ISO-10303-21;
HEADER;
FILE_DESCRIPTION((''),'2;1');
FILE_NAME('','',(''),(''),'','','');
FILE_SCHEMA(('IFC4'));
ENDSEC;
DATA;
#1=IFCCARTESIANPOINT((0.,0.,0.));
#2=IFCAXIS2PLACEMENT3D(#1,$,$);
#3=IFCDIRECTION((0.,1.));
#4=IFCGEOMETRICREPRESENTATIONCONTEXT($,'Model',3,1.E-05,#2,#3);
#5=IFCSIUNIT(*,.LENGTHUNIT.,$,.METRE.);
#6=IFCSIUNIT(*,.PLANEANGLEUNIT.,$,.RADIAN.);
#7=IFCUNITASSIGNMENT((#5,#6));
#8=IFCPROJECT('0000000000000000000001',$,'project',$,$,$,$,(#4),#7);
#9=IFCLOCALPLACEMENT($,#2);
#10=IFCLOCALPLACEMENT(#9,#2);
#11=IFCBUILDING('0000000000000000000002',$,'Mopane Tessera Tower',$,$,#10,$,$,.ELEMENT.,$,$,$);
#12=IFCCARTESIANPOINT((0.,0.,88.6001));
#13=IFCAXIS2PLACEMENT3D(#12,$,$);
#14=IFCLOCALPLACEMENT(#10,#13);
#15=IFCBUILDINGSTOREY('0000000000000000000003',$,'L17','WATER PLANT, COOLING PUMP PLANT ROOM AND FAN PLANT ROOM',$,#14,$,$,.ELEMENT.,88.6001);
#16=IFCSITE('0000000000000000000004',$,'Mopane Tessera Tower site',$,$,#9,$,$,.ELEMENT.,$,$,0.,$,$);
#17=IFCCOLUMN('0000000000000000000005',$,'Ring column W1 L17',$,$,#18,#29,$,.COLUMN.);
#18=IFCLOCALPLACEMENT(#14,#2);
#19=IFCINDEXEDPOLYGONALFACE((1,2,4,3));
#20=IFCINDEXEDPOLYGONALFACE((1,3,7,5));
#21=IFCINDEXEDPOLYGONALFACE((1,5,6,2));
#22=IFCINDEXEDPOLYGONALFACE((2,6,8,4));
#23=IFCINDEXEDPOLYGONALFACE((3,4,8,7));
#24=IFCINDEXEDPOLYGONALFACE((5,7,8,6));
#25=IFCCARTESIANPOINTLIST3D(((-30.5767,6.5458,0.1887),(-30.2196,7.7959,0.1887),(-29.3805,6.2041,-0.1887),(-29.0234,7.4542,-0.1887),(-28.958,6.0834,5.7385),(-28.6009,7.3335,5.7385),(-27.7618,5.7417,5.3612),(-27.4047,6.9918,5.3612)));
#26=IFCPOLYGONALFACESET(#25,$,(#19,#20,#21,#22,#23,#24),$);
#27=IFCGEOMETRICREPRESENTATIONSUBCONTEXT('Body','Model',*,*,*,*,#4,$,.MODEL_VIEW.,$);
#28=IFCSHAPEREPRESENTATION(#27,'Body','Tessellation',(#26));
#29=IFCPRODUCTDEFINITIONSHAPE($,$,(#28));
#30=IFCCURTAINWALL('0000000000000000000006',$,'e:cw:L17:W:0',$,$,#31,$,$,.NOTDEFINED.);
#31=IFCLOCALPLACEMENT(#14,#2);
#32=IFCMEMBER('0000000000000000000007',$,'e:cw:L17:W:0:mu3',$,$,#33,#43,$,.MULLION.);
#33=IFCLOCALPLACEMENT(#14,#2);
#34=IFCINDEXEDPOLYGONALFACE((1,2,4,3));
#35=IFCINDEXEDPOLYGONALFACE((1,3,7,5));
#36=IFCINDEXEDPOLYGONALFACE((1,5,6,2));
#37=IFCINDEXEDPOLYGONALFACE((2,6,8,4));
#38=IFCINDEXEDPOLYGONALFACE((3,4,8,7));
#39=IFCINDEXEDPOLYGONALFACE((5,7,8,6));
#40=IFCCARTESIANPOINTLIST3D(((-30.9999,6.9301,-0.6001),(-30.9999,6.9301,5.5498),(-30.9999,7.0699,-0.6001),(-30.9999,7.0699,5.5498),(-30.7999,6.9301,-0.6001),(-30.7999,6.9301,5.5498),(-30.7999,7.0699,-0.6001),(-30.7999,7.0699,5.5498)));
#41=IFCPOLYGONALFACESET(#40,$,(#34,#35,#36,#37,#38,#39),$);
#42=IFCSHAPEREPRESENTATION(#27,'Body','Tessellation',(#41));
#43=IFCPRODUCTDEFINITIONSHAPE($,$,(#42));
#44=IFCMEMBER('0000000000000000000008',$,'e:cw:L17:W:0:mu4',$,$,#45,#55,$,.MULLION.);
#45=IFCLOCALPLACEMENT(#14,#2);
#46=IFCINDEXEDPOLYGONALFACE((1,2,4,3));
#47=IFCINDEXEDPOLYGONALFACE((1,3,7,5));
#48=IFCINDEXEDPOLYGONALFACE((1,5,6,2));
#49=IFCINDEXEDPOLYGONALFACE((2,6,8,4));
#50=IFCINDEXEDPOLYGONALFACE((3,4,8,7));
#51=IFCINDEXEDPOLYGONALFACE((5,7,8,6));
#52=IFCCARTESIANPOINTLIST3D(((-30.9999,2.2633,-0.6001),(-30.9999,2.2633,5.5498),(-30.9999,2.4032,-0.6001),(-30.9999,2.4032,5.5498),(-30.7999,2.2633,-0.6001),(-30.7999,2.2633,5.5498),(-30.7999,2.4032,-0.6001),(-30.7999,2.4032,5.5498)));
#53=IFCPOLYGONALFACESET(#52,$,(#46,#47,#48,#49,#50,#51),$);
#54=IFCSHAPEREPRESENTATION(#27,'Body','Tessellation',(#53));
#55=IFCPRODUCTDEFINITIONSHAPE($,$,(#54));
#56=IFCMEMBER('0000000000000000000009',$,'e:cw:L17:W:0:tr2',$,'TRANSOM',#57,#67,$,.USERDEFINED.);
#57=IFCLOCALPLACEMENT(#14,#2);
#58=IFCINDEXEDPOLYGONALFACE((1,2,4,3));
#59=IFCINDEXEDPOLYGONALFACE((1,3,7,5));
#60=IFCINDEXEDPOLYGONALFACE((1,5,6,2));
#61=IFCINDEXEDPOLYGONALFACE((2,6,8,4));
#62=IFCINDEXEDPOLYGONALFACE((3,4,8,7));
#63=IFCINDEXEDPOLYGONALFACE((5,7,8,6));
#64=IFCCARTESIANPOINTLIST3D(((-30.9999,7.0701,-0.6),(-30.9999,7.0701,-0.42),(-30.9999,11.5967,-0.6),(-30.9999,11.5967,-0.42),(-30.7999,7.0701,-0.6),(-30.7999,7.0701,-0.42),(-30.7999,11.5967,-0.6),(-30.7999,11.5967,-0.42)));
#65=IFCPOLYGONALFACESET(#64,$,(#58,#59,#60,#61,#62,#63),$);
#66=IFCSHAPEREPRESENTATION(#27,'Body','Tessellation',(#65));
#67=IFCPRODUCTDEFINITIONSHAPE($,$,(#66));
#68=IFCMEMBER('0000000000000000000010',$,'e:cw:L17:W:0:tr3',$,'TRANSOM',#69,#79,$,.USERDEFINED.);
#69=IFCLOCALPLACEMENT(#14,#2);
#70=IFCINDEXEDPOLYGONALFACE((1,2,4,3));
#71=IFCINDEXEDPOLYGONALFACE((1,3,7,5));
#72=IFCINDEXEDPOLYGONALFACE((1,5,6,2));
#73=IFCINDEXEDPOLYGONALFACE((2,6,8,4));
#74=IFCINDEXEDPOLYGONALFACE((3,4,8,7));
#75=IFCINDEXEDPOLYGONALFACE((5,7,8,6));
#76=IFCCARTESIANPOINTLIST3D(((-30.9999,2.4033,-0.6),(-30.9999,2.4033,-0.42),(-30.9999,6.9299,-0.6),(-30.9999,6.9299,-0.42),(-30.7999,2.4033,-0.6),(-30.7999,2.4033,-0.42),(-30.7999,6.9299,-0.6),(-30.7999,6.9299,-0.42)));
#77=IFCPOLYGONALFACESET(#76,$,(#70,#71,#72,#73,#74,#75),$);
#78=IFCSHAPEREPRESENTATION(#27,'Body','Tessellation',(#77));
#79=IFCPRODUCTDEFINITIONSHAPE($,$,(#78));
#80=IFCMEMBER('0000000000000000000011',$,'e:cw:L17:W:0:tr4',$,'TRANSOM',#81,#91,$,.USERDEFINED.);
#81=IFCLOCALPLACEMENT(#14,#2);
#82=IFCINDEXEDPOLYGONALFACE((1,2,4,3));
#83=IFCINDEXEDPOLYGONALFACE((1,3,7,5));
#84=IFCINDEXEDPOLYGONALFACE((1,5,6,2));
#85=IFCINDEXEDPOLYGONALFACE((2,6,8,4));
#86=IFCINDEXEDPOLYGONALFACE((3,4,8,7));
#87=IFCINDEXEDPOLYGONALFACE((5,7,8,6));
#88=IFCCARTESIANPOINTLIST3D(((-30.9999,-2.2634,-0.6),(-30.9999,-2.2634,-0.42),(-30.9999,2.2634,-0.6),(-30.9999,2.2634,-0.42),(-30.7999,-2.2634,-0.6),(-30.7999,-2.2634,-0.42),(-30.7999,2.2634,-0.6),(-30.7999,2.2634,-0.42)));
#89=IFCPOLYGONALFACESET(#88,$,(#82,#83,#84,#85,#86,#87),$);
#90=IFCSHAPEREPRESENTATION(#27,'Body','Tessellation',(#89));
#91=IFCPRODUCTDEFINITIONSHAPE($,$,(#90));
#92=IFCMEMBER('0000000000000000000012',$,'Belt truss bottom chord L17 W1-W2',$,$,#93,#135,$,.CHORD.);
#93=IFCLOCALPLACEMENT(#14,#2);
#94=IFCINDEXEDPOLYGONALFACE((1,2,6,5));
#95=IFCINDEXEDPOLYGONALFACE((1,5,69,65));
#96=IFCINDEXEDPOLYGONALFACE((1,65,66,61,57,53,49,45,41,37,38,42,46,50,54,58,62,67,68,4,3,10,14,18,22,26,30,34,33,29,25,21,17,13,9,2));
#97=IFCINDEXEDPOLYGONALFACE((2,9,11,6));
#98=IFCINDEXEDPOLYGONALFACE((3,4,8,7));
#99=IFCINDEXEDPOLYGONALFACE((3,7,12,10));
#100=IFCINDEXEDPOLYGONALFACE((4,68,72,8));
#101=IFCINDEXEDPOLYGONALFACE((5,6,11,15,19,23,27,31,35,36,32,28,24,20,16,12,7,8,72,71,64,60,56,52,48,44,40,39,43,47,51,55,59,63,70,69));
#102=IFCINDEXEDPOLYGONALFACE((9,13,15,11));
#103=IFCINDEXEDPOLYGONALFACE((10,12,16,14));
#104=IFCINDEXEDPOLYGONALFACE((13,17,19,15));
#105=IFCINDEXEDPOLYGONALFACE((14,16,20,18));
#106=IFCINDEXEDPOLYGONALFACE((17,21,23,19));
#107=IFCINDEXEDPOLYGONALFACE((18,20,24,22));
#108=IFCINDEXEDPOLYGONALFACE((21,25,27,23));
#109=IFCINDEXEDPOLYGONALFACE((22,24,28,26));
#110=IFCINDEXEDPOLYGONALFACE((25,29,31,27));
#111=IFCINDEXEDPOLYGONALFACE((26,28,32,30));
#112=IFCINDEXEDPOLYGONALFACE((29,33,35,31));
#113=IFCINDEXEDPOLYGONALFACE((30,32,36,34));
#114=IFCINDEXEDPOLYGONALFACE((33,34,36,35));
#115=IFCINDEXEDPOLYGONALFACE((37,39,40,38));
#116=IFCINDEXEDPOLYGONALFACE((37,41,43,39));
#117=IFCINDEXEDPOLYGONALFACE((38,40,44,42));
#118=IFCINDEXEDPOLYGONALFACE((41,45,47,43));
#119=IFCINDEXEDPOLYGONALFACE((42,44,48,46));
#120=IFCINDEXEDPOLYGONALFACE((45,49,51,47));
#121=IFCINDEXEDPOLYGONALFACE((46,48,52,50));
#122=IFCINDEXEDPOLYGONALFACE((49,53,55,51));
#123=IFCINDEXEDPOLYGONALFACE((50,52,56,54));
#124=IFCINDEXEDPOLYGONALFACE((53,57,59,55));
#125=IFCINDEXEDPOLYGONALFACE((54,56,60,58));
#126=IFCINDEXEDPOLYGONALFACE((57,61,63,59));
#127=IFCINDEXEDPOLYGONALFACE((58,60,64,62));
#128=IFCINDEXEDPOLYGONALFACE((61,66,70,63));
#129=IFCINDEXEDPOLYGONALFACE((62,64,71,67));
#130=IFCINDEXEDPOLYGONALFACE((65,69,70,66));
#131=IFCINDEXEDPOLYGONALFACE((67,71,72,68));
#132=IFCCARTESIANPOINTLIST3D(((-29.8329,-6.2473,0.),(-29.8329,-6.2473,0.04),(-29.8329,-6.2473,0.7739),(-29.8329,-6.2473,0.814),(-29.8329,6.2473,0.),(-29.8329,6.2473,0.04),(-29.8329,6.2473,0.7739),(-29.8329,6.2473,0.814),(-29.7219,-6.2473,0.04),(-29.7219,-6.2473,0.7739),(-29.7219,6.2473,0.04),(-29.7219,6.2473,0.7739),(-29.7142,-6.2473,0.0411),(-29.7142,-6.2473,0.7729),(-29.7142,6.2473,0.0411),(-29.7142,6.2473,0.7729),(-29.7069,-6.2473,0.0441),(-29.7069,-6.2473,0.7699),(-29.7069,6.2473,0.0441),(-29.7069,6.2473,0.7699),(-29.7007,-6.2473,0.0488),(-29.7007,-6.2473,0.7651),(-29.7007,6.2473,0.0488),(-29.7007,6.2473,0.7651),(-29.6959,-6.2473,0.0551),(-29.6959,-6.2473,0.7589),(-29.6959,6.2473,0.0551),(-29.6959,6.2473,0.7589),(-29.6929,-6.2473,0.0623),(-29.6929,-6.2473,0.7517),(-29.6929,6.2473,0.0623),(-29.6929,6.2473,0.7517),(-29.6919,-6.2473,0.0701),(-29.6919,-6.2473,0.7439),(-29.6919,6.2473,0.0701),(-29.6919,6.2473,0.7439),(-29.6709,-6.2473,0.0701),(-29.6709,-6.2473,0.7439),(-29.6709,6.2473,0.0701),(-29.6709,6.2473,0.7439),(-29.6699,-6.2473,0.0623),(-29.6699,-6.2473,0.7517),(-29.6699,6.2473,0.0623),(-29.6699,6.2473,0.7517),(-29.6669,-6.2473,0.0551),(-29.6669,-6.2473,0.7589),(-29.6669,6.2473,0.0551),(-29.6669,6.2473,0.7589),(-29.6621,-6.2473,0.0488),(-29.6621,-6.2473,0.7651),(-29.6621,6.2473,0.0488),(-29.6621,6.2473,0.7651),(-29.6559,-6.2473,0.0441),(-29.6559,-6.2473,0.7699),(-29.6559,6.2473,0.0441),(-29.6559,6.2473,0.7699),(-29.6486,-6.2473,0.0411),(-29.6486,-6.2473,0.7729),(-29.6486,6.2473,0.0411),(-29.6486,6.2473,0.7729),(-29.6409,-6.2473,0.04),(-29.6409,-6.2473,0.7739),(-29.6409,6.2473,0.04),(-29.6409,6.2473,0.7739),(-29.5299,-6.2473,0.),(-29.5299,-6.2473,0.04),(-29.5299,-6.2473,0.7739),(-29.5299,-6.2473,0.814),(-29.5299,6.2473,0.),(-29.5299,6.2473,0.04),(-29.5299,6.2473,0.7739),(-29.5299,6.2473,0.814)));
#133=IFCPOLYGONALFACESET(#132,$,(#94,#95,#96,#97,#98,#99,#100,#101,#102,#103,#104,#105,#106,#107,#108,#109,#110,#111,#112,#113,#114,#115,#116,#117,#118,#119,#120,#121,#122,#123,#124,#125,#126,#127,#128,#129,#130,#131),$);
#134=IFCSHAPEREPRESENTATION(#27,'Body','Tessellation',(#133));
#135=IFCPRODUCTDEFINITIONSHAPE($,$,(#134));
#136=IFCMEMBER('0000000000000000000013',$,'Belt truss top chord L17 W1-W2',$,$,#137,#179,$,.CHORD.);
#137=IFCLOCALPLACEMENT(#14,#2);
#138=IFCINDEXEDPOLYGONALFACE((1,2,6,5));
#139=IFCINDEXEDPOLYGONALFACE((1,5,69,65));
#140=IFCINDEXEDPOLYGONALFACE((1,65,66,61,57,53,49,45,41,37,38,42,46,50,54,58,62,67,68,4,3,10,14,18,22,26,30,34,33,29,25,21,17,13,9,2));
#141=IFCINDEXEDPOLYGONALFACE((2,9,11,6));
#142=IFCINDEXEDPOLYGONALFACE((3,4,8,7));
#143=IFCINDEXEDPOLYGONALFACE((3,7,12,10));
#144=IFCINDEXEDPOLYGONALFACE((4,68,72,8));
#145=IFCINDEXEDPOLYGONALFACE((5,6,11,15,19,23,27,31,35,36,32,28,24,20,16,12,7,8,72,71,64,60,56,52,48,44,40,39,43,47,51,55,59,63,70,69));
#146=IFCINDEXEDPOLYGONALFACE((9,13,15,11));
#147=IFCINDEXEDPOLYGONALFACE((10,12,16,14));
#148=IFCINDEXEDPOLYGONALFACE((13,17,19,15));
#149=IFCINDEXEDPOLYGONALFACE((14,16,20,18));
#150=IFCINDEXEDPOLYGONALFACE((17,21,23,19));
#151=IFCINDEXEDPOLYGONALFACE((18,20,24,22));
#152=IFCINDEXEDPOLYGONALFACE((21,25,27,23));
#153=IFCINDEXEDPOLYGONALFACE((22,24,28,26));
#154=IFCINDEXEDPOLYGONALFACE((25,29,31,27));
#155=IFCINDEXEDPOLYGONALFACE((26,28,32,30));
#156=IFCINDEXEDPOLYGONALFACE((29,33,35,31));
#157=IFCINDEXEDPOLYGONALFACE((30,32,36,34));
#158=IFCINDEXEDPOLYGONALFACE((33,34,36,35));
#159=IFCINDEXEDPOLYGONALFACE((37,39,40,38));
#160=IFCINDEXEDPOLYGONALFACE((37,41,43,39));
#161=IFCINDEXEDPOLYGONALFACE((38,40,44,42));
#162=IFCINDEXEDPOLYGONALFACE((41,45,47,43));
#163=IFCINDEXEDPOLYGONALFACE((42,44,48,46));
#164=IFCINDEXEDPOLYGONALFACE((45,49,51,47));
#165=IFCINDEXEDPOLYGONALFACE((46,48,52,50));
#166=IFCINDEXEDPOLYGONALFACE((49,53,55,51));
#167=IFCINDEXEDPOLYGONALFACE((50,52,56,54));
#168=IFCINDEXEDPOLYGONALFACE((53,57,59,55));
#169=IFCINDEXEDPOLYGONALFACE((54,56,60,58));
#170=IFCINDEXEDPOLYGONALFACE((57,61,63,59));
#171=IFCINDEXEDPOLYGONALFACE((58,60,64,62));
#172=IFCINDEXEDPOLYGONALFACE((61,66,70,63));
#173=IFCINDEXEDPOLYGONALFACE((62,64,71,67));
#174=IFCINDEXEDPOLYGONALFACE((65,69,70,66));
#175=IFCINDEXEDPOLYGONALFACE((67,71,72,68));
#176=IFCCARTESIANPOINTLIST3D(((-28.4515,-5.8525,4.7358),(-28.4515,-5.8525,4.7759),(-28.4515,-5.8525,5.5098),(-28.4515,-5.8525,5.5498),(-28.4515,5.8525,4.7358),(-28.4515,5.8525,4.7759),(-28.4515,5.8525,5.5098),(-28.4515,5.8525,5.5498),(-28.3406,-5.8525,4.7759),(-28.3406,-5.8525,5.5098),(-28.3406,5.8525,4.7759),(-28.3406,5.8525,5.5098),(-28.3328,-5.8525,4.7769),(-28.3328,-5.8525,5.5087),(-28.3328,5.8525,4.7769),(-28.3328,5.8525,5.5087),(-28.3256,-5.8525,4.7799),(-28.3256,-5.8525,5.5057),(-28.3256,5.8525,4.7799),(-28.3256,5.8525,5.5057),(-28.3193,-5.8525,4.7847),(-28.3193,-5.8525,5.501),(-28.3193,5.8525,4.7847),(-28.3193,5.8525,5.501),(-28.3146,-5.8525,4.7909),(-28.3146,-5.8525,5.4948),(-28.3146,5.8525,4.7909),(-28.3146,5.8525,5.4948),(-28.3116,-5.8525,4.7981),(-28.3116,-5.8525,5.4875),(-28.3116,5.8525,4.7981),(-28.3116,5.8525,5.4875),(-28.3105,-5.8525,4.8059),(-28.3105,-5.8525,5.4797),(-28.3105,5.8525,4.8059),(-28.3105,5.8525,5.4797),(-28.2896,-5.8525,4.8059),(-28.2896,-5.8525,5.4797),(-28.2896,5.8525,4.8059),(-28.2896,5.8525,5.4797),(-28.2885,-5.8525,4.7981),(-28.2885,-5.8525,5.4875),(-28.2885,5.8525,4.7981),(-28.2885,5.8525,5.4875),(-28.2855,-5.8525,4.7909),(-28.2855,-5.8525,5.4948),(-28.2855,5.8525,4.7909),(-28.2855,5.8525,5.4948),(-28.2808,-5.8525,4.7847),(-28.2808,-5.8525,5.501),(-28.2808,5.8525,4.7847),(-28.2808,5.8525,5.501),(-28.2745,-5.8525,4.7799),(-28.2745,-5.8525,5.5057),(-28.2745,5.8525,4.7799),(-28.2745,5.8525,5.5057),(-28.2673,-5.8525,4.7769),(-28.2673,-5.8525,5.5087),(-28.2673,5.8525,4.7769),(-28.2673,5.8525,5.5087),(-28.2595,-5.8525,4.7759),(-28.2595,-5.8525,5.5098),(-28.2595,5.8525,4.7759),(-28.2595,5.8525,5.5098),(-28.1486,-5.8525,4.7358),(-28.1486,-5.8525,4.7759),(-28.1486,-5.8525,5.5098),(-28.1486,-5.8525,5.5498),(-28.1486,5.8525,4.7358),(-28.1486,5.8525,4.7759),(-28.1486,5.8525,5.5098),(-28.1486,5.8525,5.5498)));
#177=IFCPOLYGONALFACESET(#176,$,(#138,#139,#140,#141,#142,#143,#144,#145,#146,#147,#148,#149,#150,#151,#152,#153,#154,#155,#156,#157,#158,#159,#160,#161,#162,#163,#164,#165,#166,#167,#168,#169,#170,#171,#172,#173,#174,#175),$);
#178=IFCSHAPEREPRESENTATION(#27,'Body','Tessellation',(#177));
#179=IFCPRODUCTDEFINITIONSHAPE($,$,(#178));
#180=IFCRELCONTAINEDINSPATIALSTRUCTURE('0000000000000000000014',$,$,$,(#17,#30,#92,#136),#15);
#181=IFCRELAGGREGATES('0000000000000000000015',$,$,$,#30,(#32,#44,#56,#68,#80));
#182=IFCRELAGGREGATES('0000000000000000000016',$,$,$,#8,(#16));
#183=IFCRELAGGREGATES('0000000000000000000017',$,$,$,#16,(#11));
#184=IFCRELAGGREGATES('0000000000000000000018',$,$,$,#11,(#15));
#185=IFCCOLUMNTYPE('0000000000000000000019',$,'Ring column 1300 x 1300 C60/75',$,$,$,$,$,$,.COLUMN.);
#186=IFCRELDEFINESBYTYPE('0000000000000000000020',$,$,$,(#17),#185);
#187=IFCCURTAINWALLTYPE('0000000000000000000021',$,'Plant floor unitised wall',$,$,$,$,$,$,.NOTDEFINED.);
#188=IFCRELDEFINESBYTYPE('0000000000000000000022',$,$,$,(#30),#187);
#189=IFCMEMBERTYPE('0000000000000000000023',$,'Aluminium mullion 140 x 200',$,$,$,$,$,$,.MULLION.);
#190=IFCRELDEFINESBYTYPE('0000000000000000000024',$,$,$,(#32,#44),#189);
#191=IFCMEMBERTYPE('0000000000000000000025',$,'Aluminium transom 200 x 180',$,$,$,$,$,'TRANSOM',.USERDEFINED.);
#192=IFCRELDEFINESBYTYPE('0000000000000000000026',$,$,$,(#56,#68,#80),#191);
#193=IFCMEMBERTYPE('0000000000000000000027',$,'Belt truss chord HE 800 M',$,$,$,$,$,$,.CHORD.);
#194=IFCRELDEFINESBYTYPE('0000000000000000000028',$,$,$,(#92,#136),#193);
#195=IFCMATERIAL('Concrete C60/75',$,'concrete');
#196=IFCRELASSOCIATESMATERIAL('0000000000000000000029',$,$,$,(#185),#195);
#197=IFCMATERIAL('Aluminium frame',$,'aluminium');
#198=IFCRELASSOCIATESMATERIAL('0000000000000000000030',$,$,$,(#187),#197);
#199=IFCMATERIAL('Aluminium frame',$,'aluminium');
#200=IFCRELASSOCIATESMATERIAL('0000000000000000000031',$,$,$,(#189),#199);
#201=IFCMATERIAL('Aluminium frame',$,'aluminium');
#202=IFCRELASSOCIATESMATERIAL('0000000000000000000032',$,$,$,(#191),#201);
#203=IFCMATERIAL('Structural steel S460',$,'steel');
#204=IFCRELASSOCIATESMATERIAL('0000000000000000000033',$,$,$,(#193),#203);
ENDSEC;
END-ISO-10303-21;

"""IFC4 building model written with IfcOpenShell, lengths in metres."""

from ifc_helpers import new_model, si_unit, direction, frame, origin, origin_2d, place, context, subcontext, project, spatial, rectangle, i_section, extrude, material, material_profile, profile_set, type_object, element, aggregate, save


model = new_model("IFC4")

# Units and contexts
model_context = context("Model", 3, precision=1e-05, world=origin(), true_north=direction((0.0, 1.0)))
body_context = subcontext(model_context, "Body", "Model", "MODEL_VIEW")
ifc_project = project(units=[si_unit("LENGTHUNIT", "METRE"), si_unit("PLANEANGLEUNIT", "RADIAN")], contexts=[model_context])

# Site, building, storey
site_placement = place(None, origin())
site = spatial("IfcSite", under=ifc_project, at=site_placement, Name="Mopane Tessera Tower site", CompositionType="ELEMENT", RefElevation=0.0)
building_placement = place(site_placement, origin())
building = spatial("IfcBuilding", under=site, at=building_placement, Name="Mopane Tessera Tower", CompositionType="ELEMENT")
storey_placement = place(building_placement, frame((0.0, 0.0, 88.6001)))
storey = spatial("IfcBuildingStorey", under=building, at=storey_placement, Name="L17", Description="WATER PLANT, COOLING PUMP PLANT ROOM AND FAN PLANT ROOM", CompositionType="ELEMENT", Elevation=88.6001)

# Column
ifc_material_1 = material(Name="Concrete C60/75", Category="concrete")
ifc_material_profile_1 = material_profile(ifc_material_1, rectangle(XDim=1.3, YDim=1.3, at=origin_2d()))
ifc_profile_set_1 = profile_set([ifc_material_profile_1], Name="Concrete C60/75")
column_type = type_object("IfcColumnType", Name="Ring column 1300 x 1300 C60/75", PredefinedType="COLUMN", material=ifc_profile_set_1)
column_placement = place(storey_placement, frame((-29.8, 7.0, 0.0), z_axis=(0.279102, -0.079731, 0.956946), x_axis=(0.274683, 0.961535, 0.0)))
element("IfcColumn", 1, at=column_placement, inside=storey, type_object=column_type, Name="Ring column W1 L17", PredefinedType="COLUMN", context=body_context, shape_type="SweptSolid", body=[
    extrude(rectangle(XDim=1.3, YDim=1.3, at=origin_2d()), origin(), (0.0, 0.0, 1.0), 5.7996),
])

# Curtain wall, members
ifc_material_2 = material(Name="Aluminium frame", Category="aluminium")
curtain_wall_type = type_object("IfcCurtainWallType", Name="Plant floor unitised wall", PredefinedType="NOTDEFINED", material=ifc_material_2)
curtain_wall_placement = place(storey_placement, origin())
curtain_wall = element("IfcCurtainWall", 2, at=curtain_wall_placement, inside=storey, type_object=curtain_wall_type, Name="e:cw:L17:W:0", PredefinedType="NOTDEFINED")
ifc_material_3 = material(Name="Aluminium frame", Category="aluminium")
ifc_material_profile_2 = material_profile(ifc_material_3, rectangle(XDim=0.1399, YDim=0.2, at=origin_2d()))
ifc_profile_set_2 = profile_set([ifc_material_profile_2], Name="Aluminium frame")
member_type_1 = type_object("IfcMemberType", Name="Aluminium mullion 140 x 200", PredefinedType="MULLION", material=ifc_profile_set_2)
member_1_placement = place(storey_placement, frame((-30.8999, 7.0, -0.6001), z_axis=(0.0, 0.0, 1.0), x_axis=(0.0, -1.0, 0.0)))
member_1 = element("IfcMember", 3, at=member_1_placement, type_object=member_type_1, Name="e:cw:L17:W:0:mu3", PredefinedType="MULLION", context=body_context, shape_type="SweptSolid", body=[
    extrude(rectangle(XDim=0.1399, YDim=0.2, at=origin_2d()), origin(), (0.0, 0.0, 1.0), 6.1499),
])
member_2_placement = place(storey_placement, frame((-30.8999, 2.3333, -0.6001), z_axis=(0.0, 0.0, 1.0), x_axis=(0.0, -1.0, 0.0)))
member_2 = element("IfcMember", 4, at=member_2_placement, type_object=member_type_1, Name="e:cw:L17:W:0:mu4", PredefinedType="MULLION", context=body_context, shape_type="SweptSolid", body=[
    extrude(rectangle(XDim=0.1399, YDim=0.2, at=origin_2d()), origin(), (0.0, 0.0, 1.0), 6.1499),
])
ifc_material_4 = material(Name="Aluminium frame", Category="aluminium")
ifc_material_profile_3 = material_profile(ifc_material_4, rectangle(XDim=0.2, YDim=0.1799, at=origin_2d()))
ifc_profile_set_3 = profile_set([ifc_material_profile_3], Name="Aluminium frame")
member_type_2 = type_object("IfcMemberType", Name="Aluminium transom 200 x 180", ElementType="TRANSOM", PredefinedType="USERDEFINED", material=ifc_profile_set_3)
member_3_placement = place(storey_placement, frame((-30.8999, 11.5967, -0.51), z_axis=(0.0, -1.0, 0.0), x_axis=(1.0, 0.0, 0.0)))
member_3 = element("IfcMember", 5, at=member_3_placement, type_object=member_type_2, Name="e:cw:L17:W:0:tr2", ObjectType="TRANSOM", PredefinedType="USERDEFINED", context=body_context, shape_type="SweptSolid", body=[
    extrude(rectangle(XDim=0.2, YDim=0.1799, at=origin_2d()), origin(), (0.0, 0.0, 1.0), 4.5266),
])
member_4_placement = place(storey_placement, frame((-30.8999, 6.9299, -0.51), z_axis=(0.0, -1.0, 0.0), x_axis=(1.0, 0.0, 0.0)))
member_4 = element("IfcMember", 6, at=member_4_placement, type_object=member_type_2, Name="e:cw:L17:W:0:tr3", ObjectType="TRANSOM", PredefinedType="USERDEFINED", context=body_context, shape_type="SweptSolid", body=[
    extrude(rectangle(XDim=0.2, YDim=0.1799, at=origin_2d()), origin(), (0.0, 0.0, 1.0), 4.5266),
])
member_5_placement = place(storey_placement, frame((-30.8999, 2.2634, -0.51), z_axis=(0.0, -1.0, 0.0), x_axis=(1.0, 0.0, 0.0)))
member_5 = element("IfcMember", 7, at=member_5_placement, type_object=member_type_2, Name="e:cw:L17:W:0:tr4", ObjectType="TRANSOM", PredefinedType="USERDEFINED", context=body_context, shape_type="SweptSolid", body=[
    extrude(rectangle(XDim=0.2, YDim=0.1799, at=origin_2d()), origin(), (0.0, 0.0, 1.0), 4.5269),
])

# Members
ifc_material_5 = material(Name="Structural steel S460", Category="steel")
ifc_material_profile_4 = material_profile(ifc_material_5, i_section(OverallWidth=0.303, OverallDepth=0.814, WebThickness=0.021, FlangeThickness=0.04, FilletRadius=0.03, at=origin_2d()))
ifc_profile_set_4 = profile_set([ifc_material_profile_4], Name="Structural steel S460")
member_type_3 = type_object("IfcMemberType", Name="Belt truss chord HE 800 M", PredefinedType="CHORD", material=ifc_profile_set_4)
member_6_placement = place(storey_placement, frame((-29.6814, 6.2473, 0.407), z_axis=(0.0, -1.0, 0.0), x_axis=(1.0, 0.0, 0.0)))
element("IfcMember", 8, at=member_6_placement, inside=storey, type_object=member_type_3, Name="Belt truss bottom chord L17 W1-W2", PredefinedType="CHORD", context=body_context, shape_type="SweptSolid", body=[
    extrude(i_section(OverallWidth=0.303, OverallDepth=0.814, WebThickness=0.021, FlangeThickness=0.04, FilletRadius=0.03, at=origin_2d()), origin(), (0.0, 0.0, 1.0), 12.4946),
])
member_7_placement = place(storey_placement, frame((-28.3, 5.8525, 5.1428), z_axis=(0.0, -1.0, 0.0), x_axis=(1.0, 0.0, 0.0)))
element("IfcMember", 9, at=member_7_placement, inside=storey, type_object=member_type_3, Name="Belt truss top chord L17 W1-W2", PredefinedType="CHORD", context=body_context, shape_type="SweptSolid", body=[
    extrude(i_section(OverallWidth=0.303, OverallDepth=0.814, WebThickness=0.021, FlangeThickness=0.04, FilletRadius=0.03, at=origin_2d()), origin(), (0.0, 0.0, 1.0), 11.7051),
])

aggregate(curtain_wall, [member_1, member_2, member_3, member_4, member_5])

save(model, "model.ifc")
